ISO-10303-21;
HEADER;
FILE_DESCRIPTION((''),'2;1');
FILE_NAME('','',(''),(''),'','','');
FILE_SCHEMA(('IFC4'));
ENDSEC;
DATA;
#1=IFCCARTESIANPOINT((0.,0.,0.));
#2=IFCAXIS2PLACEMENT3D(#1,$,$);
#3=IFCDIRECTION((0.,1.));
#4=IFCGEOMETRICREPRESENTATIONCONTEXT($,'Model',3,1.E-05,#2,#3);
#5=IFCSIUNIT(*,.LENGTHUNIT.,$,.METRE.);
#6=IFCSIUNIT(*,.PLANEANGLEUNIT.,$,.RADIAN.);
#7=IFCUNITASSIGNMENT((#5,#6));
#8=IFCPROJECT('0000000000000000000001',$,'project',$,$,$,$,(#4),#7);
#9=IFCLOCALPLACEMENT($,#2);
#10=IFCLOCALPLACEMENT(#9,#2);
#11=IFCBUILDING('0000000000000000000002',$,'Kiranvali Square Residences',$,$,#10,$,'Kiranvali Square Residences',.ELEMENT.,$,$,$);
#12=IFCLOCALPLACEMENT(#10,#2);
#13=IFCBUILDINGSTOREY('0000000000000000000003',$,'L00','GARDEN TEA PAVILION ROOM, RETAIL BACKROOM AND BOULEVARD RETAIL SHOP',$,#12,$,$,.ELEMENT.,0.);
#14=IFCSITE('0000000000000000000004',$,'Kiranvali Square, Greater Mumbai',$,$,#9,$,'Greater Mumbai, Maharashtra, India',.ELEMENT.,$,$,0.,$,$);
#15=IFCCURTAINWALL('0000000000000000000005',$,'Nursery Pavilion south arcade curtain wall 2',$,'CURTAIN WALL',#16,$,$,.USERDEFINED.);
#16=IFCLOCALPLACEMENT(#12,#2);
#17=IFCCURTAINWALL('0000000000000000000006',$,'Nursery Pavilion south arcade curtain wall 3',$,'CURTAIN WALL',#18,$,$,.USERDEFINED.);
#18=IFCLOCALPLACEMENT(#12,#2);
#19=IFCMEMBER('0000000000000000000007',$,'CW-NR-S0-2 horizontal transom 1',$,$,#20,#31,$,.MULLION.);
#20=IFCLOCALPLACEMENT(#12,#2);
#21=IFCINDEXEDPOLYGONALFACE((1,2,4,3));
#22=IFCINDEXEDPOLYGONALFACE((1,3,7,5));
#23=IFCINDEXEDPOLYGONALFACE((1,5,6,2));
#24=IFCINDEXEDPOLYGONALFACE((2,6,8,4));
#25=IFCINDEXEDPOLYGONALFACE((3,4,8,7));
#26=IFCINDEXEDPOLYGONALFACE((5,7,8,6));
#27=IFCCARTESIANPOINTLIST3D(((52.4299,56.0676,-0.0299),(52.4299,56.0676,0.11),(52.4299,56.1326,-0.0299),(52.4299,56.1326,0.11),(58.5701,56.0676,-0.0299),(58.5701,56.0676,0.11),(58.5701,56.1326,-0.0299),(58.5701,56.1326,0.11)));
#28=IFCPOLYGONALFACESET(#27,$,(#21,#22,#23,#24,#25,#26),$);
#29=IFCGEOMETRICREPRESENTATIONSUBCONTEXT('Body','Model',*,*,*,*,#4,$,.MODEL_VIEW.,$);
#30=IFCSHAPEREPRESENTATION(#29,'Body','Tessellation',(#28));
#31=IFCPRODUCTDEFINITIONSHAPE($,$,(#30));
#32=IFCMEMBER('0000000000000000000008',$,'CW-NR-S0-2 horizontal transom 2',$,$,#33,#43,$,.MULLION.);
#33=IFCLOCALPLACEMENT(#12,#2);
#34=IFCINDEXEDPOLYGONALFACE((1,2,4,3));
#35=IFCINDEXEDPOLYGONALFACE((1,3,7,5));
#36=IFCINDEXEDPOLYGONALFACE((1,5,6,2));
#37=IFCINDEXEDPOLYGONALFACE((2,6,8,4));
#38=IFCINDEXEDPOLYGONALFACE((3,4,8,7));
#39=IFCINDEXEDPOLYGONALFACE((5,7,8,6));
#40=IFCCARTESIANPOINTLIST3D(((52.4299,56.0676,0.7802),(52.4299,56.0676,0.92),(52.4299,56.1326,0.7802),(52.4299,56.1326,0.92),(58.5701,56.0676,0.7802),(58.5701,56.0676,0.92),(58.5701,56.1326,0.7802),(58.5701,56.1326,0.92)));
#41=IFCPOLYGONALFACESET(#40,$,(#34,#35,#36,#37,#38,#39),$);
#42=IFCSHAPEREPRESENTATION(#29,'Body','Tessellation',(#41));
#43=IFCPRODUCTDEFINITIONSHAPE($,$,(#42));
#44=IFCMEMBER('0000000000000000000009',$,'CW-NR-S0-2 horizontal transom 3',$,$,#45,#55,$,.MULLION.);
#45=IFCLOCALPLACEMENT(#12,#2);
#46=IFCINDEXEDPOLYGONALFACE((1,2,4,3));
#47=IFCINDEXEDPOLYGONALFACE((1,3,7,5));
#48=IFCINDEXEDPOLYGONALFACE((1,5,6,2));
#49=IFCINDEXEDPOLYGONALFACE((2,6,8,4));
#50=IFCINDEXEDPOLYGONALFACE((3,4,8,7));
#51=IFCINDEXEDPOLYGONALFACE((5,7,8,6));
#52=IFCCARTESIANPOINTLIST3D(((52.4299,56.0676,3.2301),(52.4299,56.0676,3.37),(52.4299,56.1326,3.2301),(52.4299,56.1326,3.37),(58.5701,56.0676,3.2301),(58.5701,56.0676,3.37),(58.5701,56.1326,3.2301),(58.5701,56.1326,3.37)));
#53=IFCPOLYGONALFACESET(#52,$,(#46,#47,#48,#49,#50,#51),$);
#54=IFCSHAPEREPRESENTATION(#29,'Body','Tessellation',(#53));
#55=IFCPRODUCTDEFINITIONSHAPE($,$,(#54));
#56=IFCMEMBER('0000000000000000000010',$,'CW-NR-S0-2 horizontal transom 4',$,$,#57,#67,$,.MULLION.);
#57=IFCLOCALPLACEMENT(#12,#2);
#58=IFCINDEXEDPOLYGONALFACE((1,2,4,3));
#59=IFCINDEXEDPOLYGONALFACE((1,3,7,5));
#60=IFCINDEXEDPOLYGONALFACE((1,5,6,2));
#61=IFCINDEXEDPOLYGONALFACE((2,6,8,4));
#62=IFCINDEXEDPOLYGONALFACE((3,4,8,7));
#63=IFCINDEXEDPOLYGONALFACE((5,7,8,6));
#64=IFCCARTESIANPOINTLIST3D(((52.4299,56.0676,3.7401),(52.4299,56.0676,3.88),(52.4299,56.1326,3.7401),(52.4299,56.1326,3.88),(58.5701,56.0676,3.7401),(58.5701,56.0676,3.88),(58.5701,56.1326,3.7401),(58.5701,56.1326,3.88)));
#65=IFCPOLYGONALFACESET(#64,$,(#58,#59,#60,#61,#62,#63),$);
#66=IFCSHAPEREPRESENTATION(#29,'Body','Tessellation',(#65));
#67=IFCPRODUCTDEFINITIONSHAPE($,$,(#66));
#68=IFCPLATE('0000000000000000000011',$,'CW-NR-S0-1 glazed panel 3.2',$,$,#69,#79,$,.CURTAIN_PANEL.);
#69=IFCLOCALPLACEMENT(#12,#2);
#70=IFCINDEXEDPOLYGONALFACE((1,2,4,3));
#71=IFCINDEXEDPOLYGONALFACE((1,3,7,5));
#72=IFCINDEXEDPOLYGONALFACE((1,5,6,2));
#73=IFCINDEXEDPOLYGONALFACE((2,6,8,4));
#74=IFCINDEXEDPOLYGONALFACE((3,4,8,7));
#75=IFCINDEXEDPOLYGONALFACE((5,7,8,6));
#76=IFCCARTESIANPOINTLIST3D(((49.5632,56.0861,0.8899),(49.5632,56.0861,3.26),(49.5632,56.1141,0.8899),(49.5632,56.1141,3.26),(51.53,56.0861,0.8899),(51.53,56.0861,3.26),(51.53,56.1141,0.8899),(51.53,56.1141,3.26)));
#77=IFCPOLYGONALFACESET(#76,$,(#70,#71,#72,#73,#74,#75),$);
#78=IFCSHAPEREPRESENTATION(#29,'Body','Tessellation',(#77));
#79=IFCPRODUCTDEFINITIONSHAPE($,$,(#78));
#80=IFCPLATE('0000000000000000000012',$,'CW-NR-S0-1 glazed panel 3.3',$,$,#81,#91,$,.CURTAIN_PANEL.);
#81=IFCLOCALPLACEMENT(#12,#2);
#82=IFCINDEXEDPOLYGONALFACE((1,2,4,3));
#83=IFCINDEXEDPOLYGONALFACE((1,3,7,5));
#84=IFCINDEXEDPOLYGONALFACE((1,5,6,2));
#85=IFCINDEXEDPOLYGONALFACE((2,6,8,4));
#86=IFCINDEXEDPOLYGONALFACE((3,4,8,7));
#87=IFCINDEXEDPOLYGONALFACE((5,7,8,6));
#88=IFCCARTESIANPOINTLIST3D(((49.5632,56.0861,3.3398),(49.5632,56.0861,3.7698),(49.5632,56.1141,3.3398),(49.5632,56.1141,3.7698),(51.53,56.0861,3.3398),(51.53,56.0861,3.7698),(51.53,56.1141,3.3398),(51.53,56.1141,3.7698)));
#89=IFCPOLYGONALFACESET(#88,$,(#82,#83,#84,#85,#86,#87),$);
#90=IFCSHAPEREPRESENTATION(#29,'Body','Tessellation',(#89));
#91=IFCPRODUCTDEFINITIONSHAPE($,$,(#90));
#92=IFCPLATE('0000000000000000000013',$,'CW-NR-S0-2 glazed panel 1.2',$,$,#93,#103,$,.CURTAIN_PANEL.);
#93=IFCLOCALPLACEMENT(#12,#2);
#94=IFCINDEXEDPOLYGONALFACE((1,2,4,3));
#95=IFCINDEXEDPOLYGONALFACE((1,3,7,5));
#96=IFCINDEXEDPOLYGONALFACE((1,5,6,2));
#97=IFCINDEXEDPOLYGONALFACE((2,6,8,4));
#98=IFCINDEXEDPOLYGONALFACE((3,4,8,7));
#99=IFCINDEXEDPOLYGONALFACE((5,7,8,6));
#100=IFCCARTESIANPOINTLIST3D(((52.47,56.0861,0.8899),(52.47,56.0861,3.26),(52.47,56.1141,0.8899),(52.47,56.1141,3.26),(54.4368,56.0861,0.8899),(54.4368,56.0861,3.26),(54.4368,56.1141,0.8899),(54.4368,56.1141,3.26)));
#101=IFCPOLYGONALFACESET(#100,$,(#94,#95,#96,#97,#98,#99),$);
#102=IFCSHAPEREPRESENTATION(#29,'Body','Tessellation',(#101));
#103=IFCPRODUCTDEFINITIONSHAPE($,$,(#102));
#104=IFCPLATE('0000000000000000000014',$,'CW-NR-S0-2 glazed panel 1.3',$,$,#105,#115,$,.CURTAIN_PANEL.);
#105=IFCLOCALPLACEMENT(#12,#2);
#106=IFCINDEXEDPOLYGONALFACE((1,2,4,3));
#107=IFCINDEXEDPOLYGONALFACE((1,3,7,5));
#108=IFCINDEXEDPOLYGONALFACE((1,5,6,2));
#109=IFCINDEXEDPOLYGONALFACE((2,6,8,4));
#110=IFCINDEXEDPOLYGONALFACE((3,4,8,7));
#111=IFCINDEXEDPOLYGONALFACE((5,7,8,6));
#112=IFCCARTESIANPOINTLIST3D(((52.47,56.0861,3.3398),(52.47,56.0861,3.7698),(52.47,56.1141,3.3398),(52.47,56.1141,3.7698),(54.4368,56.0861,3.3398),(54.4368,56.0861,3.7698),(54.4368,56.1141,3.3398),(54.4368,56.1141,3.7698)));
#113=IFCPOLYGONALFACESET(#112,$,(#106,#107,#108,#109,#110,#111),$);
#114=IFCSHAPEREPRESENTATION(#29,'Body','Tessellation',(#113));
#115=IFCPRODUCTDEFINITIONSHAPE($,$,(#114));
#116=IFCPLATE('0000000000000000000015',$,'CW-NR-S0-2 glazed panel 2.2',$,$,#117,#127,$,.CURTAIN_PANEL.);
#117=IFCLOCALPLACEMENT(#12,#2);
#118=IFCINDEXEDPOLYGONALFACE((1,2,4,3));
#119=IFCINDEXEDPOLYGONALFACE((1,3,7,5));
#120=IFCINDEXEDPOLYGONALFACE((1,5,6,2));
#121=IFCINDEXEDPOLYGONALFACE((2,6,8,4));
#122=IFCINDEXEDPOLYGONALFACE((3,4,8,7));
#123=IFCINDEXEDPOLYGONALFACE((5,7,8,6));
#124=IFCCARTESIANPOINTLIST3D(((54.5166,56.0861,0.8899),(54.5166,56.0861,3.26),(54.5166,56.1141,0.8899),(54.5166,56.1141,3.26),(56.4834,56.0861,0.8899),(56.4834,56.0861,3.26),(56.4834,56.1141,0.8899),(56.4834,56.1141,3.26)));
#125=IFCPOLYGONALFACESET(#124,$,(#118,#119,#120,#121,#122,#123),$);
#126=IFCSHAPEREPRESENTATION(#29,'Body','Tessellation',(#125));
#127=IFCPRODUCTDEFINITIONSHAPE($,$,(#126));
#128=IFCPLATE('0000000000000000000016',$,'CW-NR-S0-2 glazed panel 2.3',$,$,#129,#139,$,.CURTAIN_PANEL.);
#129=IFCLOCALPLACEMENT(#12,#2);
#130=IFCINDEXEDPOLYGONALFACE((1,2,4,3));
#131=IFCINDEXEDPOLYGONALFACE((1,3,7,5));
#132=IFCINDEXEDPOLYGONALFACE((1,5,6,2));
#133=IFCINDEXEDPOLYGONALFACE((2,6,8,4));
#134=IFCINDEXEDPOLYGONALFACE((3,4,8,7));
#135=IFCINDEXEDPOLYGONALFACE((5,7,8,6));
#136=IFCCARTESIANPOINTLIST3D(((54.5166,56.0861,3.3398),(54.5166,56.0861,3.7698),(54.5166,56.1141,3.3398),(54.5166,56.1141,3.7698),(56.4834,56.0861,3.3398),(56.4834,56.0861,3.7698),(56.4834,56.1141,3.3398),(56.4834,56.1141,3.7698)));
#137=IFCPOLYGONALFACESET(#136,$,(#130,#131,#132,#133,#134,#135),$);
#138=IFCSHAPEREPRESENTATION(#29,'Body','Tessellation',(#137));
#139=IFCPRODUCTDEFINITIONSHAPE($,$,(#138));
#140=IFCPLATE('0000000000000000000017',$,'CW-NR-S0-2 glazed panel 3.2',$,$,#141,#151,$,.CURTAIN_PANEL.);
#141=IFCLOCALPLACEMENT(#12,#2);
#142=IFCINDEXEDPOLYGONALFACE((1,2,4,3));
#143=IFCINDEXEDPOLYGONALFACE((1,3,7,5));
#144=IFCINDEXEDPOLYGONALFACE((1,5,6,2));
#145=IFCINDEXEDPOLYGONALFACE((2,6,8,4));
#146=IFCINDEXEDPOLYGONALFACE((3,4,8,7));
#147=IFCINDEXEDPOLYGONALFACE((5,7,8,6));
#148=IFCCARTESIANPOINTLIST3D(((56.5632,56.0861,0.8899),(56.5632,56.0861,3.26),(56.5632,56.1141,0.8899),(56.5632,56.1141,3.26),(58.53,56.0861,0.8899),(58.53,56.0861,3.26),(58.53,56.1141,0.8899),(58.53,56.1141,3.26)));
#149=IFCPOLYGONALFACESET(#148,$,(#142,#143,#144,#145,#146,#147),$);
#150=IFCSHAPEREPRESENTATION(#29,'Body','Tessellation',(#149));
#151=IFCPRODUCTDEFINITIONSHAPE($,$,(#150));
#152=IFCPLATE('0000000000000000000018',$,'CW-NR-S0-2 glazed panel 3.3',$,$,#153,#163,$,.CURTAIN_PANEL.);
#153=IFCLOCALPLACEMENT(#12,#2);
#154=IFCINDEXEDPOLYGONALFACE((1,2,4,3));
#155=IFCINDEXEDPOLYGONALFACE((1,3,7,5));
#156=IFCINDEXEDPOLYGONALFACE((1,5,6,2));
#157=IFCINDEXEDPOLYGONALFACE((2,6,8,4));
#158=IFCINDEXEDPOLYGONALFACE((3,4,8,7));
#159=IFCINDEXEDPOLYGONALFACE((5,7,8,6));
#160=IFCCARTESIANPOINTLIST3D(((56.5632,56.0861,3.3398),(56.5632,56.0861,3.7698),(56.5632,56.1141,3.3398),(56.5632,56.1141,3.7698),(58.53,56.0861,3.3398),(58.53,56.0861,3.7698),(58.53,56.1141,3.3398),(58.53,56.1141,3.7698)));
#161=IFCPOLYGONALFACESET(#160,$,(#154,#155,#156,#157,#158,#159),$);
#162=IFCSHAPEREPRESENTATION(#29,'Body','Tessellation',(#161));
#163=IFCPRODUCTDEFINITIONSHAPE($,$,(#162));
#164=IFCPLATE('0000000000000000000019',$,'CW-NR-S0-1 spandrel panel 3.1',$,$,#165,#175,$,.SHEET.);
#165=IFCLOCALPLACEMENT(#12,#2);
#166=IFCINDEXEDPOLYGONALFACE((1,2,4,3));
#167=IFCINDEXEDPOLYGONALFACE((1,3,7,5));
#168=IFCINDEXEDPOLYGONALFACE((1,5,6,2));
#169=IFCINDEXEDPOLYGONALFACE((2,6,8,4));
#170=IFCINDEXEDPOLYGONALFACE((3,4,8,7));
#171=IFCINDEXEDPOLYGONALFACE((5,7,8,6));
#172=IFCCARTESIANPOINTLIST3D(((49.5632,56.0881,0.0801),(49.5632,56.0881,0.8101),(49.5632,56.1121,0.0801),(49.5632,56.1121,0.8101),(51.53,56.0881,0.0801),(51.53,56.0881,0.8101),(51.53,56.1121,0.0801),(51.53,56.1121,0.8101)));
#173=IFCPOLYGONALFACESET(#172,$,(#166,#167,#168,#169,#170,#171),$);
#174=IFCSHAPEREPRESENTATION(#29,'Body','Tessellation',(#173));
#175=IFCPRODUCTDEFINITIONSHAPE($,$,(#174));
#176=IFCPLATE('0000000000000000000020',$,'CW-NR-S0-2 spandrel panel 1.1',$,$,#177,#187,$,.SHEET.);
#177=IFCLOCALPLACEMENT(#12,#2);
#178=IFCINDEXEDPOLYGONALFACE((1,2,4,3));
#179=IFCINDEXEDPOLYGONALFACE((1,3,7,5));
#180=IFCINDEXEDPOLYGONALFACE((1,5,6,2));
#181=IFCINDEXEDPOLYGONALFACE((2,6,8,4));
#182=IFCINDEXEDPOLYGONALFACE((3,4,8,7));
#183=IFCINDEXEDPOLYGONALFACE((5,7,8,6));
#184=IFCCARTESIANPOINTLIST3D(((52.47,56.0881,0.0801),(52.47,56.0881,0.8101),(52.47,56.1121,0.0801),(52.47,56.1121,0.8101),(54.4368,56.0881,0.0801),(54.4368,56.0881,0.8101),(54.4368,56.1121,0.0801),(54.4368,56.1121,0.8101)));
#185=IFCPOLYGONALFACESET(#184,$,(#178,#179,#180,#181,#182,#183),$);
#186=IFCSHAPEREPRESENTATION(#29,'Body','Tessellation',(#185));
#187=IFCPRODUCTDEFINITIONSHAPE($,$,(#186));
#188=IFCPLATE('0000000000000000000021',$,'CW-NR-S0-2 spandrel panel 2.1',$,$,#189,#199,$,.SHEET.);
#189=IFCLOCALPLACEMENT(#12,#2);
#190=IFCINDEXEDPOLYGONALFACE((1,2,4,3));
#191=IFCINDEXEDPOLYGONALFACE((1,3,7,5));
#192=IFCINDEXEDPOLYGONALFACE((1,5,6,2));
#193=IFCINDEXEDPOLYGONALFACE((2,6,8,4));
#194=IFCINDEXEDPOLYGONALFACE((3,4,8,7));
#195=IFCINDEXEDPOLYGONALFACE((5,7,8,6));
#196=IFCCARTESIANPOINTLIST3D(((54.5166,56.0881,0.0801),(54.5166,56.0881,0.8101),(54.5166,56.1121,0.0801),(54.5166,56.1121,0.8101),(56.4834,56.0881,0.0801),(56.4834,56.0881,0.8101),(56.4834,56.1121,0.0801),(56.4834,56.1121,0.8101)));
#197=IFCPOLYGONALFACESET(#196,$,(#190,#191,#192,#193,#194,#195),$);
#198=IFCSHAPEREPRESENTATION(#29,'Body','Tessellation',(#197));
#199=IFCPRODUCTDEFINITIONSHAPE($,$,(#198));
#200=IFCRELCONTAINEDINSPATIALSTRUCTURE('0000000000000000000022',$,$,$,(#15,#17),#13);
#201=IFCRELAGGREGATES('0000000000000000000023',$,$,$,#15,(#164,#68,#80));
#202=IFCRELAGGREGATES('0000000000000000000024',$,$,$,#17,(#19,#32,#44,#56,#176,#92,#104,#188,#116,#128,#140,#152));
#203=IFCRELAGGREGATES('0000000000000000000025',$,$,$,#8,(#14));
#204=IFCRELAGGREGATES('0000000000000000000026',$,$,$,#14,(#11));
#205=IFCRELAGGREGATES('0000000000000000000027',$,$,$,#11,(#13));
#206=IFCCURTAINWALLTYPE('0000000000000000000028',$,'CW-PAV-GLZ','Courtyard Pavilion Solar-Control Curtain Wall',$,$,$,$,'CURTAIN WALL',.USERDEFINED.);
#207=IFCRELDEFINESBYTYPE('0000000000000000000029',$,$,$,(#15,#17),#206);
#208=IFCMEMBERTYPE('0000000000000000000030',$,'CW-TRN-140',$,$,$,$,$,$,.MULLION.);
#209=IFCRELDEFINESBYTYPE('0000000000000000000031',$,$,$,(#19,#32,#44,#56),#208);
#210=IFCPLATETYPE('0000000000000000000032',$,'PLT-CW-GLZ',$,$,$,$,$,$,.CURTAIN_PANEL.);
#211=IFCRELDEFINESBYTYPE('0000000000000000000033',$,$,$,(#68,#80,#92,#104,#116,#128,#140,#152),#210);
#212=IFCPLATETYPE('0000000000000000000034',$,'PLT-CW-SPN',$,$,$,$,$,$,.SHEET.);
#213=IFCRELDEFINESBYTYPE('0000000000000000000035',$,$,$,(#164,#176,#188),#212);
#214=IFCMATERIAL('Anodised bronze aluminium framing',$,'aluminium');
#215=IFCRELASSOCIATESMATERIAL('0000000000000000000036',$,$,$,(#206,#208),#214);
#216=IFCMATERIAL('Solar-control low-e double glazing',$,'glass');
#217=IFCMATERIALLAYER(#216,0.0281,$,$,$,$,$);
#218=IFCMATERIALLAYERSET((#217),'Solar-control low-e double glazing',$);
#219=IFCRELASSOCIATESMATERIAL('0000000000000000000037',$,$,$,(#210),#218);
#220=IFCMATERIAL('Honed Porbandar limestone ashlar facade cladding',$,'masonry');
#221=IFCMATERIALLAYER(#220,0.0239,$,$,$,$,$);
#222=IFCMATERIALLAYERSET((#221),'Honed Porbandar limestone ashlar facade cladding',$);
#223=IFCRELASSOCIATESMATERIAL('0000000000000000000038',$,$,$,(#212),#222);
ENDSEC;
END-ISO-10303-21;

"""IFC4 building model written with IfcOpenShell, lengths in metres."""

from ifc_helpers import new_model, si_unit, direction, frame, origin, origin_2d, place, context, subcontext, project, spatial, rectangle, extrude, material, layer, layer_set, material_profile, profile_set, type_object, element, aggregate, save


model = new_model("IFC4")

# Units and contexts
model_context = context("Model", 3, precision=1e-05, world=origin(), true_north=direction((0.0, 1.0)))
body_context = subcontext(model_context, "Body", "Model", "MODEL_VIEW")
ifc_project = project(units=[si_unit("LENGTHUNIT", "METRE"), si_unit("PLANEANGLEUNIT", "RADIAN")], contexts=[model_context])

# Site, building, storey
site_placement = place(None, origin())
site = spatial("IfcSite", under=ifc_project, at=site_placement, Name="Kiranvali Square, Greater Mumbai", LongName="Greater Mumbai, Maharashtra, India", CompositionType="ELEMENT", RefElevation=0.0)
building_placement = place(site_placement, origin())
building = spatial("IfcBuilding", under=site, at=building_placement, Name="Kiranvali Square Residences", LongName="Kiranvali Square Residences", CompositionType="ELEMENT")
storey_placement = place(building_placement, origin())
storey = spatial("IfcBuildingStorey", under=building, at=storey_placement, Name="L00", Description="GARDEN TEA PAVILION ROOM, RETAIL BACKROOM AND BOULEVARD RETAIL SHOP", CompositionType="ELEMENT", Elevation=0.0)

# Curtain walls, members
ifc_material_1 = material(Name="Anodised bronze aluminium framing", Category="aluminium")
curtain_wall_type = type_object("IfcCurtainWallType", Name="CW-PAV-GLZ", Description="Courtyard Pavilion Solar-Control Curtain Wall", ElementType="CURTAIN WALL", PredefinedType="USERDEFINED", material=ifc_material_1)
curtain_wall_1_placement = place(storey_placement, origin())
curtain_wall_1 = element("IfcCurtainWall", 1, at=curtain_wall_1_placement, inside=storey, type_object=curtain_wall_type, Name="Nursery Pavilion south arcade curtain wall 2", ObjectType="CURTAIN WALL", PredefinedType="USERDEFINED")
curtain_wall_2_placement = place(storey_placement, origin())
curtain_wall_2 = element("IfcCurtainWall", 2, at=curtain_wall_2_placement, inside=storey, type_object=curtain_wall_type, Name="Nursery Pavilion south arcade curtain wall 3", ObjectType="CURTAIN WALL", PredefinedType="USERDEFINED")
ifc_material_profile_1 = material_profile(ifc_material_1, rectangle(XDim=0.0649, YDim=0.1399, at=origin_2d()), Name="ALU 65x140")
ifc_profile_set_1 = profile_set([ifc_material_profile_1], Name="Anodised bronze aluminium framing")
member_type_1 = type_object("IfcMemberType", Name="CW-TRN-140", PredefinedType="MULLION", material=ifc_profile_set_1)
member_1_placement = place(storey_placement, frame((52.4299, 56.1001, 0.04), z_axis=(1.0, 0.0, 0.0), x_axis=(0.0, 1.0, 0.0)))
member_1 = element("IfcMember", 3, at=member_1_placement, type_object=member_type_1, Name="CW-NR-S0-2 horizontal transom 1", PredefinedType="MULLION", context=body_context, shape_type="SweptSolid", body=[
    extrude(rectangle(XDim=0.0649, YDim=0.1399, at=origin_2d()), origin(), (0.0, 0.0, 1.0), 6.1401),
])
member_2_placement = place(storey_placement, frame((52.4299, 56.1001, 0.8501), z_axis=(1.0, 0.0, 0.0), x_axis=(0.0, 1.0, 0.0)))
member_2 = element("IfcMember", 4, at=member_2_placement, type_object=member_type_1, Name="CW-NR-S0-2 horizontal transom 2", PredefinedType="MULLION", context=body_context, shape_type="SweptSolid", body=[
    extrude(rectangle(XDim=0.0649, YDim=0.1399, at=origin_2d()), origin(), (0.0, 0.0, 1.0), 6.1401),
])
member_3_placement = place(storey_placement, frame((52.4299, 56.1001, 3.3), z_axis=(1.0, 0.0, 0.0), x_axis=(0.0, 1.0, 0.0)))
member_3 = element("IfcMember", 5, at=member_3_placement, type_object=member_type_1, Name="CW-NR-S0-2 horizontal transom 3", PredefinedType="MULLION", context=body_context, shape_type="SweptSolid", body=[
    extrude(rectangle(XDim=0.0649, YDim=0.1399, at=origin_2d()), origin(), (0.0, 0.0, 1.0), 6.1401),
])
member_4_placement = place(storey_placement, frame((52.4299, 56.1001, 3.8101), z_axis=(1.0, 0.0, 0.0), x_axis=(0.0, 1.0, 0.0)))
member_4 = element("IfcMember", 6, at=member_4_placement, type_object=member_type_1, Name="CW-NR-S0-2 horizontal transom 4", PredefinedType="MULLION", context=body_context, shape_type="SweptSolid", body=[
    extrude(rectangle(XDim=0.0649, YDim=0.1399, at=origin_2d()), origin(), (0.0, 0.0, 1.0), 6.1401),
])

# Plates
ifc_material_2 = material(Name="Solar-control low-e double glazing", Category="glass")
ifc_layer_1 = layer(ifc_material_2, 0.0281)
ifc_layer_set_1 = layer_set([ifc_layer_1], Name="Solar-control low-e double glazing")
plate_type_1 = type_object("IfcPlateType", Name="PLT-CW-GLZ", PredefinedType="CURTAIN_PANEL", material=ifc_layer_set_1)
plate_1_placement = place(storey_placement, frame((50.5466, 56.1001, 0.8899), z_axis=(0.0, 0.0, 1.0), x_axis=(1.0, 0.0, 0.0)))
plate_1 = element("IfcPlate", 7, at=plate_1_placement, type_object=plate_type_1, Name="CW-NR-S0-1 glazed panel 3.2", PredefinedType="CURTAIN_PANEL", context=body_context, shape_type="SweptSolid", body=[
    extrude(rectangle(XDim=1.9668, YDim=0.0281, at=origin_2d()), origin(), (0.0, 0.0, 1.0), 2.3701),
])
plate_2_placement = place(storey_placement, frame((50.5466, 56.1001, 3.3398), z_axis=(0.0, 0.0, 1.0), x_axis=(1.0, 0.0, 0.0)))
plate_2 = element("IfcPlate", 8, at=plate_2_placement, type_object=plate_type_1, Name="CW-NR-S0-1 glazed panel 3.3", PredefinedType="CURTAIN_PANEL", context=body_context, shape_type="SweptSolid", body=[
    extrude(rectangle(XDim=1.9668, YDim=0.0281, at=origin_2d()), origin(), (0.0, 0.0, 1.0), 0.4299),
])
plate_3_placement = place(storey_placement, frame((53.4534, 56.1001, 0.8899), z_axis=(0.0, 0.0, 1.0), x_axis=(1.0, 0.0, 0.0)))
plate_3 = element("IfcPlate", 9, at=plate_3_placement, type_object=plate_type_1, Name="CW-NR-S0-2 glazed panel 1.2", PredefinedType="CURTAIN_PANEL", context=body_context, shape_type="SweptSolid", body=[
    extrude(rectangle(XDim=1.9668, YDim=0.0281, at=origin_2d()), origin(), (0.0, 0.0, 1.0), 2.3701),
])
plate_4_placement = place(storey_placement, frame((53.4534, 56.1001, 3.3398), z_axis=(0.0, 0.0, 1.0), x_axis=(1.0, 0.0, 0.0)))
plate_4 = element("IfcPlate", 10, at=plate_4_placement, type_object=plate_type_1, Name="CW-NR-S0-2 glazed panel 1.3", PredefinedType="CURTAIN_PANEL", context=body_context, shape_type="SweptSolid", body=[
    extrude(rectangle(XDim=1.9668, YDim=0.0281, at=origin_2d()), origin(), (0.0, 0.0, 1.0), 0.4299),
])
plate_5_placement = place(storey_placement, frame((55.5, 56.1001, 0.8899), z_axis=(0.0, 0.0, 1.0), x_axis=(1.0, 0.0, 0.0)))
plate_5 = element("IfcPlate", 11, at=plate_5_placement, type_object=plate_type_1, Name="CW-NR-S0-2 glazed panel 2.2", PredefinedType="CURTAIN_PANEL", context=body_context, shape_type="SweptSolid", body=[
    extrude(rectangle(XDim=1.9668, YDim=0.0281, at=origin_2d()), origin(), (0.0, 0.0, 1.0), 2.3701),
])
plate_6_placement = place(storey_placement, frame((55.5, 56.1001, 3.3398), z_axis=(0.0, 0.0, 1.0), x_axis=(1.0, 0.0, 0.0)))
plate_6 = element("IfcPlate", 12, at=plate_6_placement, type_object=plate_type_1, Name="CW-NR-S0-2 glazed panel 2.3", PredefinedType="CURTAIN_PANEL", context=body_context, shape_type="SweptSolid", body=[
    extrude(rectangle(XDim=1.9668, YDim=0.0281, at=origin_2d()), origin(), (0.0, 0.0, 1.0), 0.4299),
])
plate_7_placement = place(storey_placement, frame((57.5466, 56.1001, 0.8899), z_axis=(0.0, 0.0, 1.0), x_axis=(1.0, 0.0, 0.0)))
plate_7 = element("IfcPlate", 13, at=plate_7_placement, type_object=plate_type_1, Name="CW-NR-S0-2 glazed panel 3.2", PredefinedType="CURTAIN_PANEL", context=body_context, shape_type="SweptSolid", body=[
    extrude(rectangle(XDim=1.9668, YDim=0.0281, at=origin_2d()), origin(), (0.0, 0.0, 1.0), 2.3701),
])
plate_8_placement = place(storey_placement, frame((57.5466, 56.1001, 3.3398), z_axis=(0.0, 0.0, 1.0), x_axis=(1.0, 0.0, 0.0)))
plate_8 = element("IfcPlate", 14, at=plate_8_placement, type_object=plate_type_1, Name="CW-NR-S0-2 glazed panel 3.3", PredefinedType="CURTAIN_PANEL", context=body_context, shape_type="SweptSolid", body=[
    extrude(rectangle(XDim=1.9668, YDim=0.0281, at=origin_2d()), origin(), (0.0, 0.0, 1.0), 0.4299),
])
ifc_material_3 = material(Name="Honed Porbandar limestone ashlar facade cladding", Category="masonry")
ifc_layer_2 = layer(ifc_material_3, 0.0239)
ifc_layer_set_2 = layer_set([ifc_layer_2], Name="Honed Porbandar limestone ashlar facade cladding")
plate_type_2 = type_object("IfcPlateType", Name="PLT-CW-SPN", PredefinedType="SHEET", material=ifc_layer_set_2)
plate_9_placement = place(storey_placement, frame((50.5466, 56.1001, 0.0801), z_axis=(0.0, 0.0, 1.0), x_axis=(1.0, 0.0, 0.0)))
plate_9 = element("IfcPlate", 15, at=plate_9_placement, type_object=plate_type_2, Name="CW-NR-S0-1 spandrel panel 3.1", PredefinedType="SHEET", context=body_context, shape_type="SweptSolid", body=[
    extrude(rectangle(XDim=1.9668, YDim=0.0239, at=origin_2d()), origin(), (0.0, 0.0, 1.0), 0.73),
])
aggregate(curtain_wall_1, [plate_9, plate_1, plate_2])
plate_10_placement = place(storey_placement, frame((53.4534, 56.1001, 0.0801), z_axis=(0.0, 0.0, 1.0), x_axis=(1.0, 0.0, 0.0)))
plate_10 = element("IfcPlate", 16, at=plate_10_placement, type_object=plate_type_2, Name="CW-NR-S0-2 spandrel panel 1.1", PredefinedType="SHEET", context=body_context, shape_type="SweptSolid", body=[
    extrude(rectangle(XDim=1.9668, YDim=0.0239, at=origin_2d()), origin(), (0.0, 0.0, 1.0), 0.73),
])
plate_11_placement = place(storey_placement, frame((55.5, 56.1001, 0.0801), z_axis=(0.0, 0.0, 1.0), x_axis=(1.0, 0.0, 0.0)))
plate_11 = element("IfcPlate", 17, at=plate_11_placement, type_object=plate_type_2, Name="CW-NR-S0-2 spandrel panel 2.1", PredefinedType="SHEET", context=body_context, shape_type="SweptSolid", body=[
    extrude(rectangle(XDim=1.9668, YDim=0.0239, at=origin_2d()), origin(), (0.0, 0.0, 1.0), 0.73),
])
aggregate(curtain_wall_2, [member_1, member_2, member_3, member_4, plate_10, plate_3, plate_4, plate_11, plate_5, plate_6, plate_7, plate_8])

save(model, "model.ifc")
